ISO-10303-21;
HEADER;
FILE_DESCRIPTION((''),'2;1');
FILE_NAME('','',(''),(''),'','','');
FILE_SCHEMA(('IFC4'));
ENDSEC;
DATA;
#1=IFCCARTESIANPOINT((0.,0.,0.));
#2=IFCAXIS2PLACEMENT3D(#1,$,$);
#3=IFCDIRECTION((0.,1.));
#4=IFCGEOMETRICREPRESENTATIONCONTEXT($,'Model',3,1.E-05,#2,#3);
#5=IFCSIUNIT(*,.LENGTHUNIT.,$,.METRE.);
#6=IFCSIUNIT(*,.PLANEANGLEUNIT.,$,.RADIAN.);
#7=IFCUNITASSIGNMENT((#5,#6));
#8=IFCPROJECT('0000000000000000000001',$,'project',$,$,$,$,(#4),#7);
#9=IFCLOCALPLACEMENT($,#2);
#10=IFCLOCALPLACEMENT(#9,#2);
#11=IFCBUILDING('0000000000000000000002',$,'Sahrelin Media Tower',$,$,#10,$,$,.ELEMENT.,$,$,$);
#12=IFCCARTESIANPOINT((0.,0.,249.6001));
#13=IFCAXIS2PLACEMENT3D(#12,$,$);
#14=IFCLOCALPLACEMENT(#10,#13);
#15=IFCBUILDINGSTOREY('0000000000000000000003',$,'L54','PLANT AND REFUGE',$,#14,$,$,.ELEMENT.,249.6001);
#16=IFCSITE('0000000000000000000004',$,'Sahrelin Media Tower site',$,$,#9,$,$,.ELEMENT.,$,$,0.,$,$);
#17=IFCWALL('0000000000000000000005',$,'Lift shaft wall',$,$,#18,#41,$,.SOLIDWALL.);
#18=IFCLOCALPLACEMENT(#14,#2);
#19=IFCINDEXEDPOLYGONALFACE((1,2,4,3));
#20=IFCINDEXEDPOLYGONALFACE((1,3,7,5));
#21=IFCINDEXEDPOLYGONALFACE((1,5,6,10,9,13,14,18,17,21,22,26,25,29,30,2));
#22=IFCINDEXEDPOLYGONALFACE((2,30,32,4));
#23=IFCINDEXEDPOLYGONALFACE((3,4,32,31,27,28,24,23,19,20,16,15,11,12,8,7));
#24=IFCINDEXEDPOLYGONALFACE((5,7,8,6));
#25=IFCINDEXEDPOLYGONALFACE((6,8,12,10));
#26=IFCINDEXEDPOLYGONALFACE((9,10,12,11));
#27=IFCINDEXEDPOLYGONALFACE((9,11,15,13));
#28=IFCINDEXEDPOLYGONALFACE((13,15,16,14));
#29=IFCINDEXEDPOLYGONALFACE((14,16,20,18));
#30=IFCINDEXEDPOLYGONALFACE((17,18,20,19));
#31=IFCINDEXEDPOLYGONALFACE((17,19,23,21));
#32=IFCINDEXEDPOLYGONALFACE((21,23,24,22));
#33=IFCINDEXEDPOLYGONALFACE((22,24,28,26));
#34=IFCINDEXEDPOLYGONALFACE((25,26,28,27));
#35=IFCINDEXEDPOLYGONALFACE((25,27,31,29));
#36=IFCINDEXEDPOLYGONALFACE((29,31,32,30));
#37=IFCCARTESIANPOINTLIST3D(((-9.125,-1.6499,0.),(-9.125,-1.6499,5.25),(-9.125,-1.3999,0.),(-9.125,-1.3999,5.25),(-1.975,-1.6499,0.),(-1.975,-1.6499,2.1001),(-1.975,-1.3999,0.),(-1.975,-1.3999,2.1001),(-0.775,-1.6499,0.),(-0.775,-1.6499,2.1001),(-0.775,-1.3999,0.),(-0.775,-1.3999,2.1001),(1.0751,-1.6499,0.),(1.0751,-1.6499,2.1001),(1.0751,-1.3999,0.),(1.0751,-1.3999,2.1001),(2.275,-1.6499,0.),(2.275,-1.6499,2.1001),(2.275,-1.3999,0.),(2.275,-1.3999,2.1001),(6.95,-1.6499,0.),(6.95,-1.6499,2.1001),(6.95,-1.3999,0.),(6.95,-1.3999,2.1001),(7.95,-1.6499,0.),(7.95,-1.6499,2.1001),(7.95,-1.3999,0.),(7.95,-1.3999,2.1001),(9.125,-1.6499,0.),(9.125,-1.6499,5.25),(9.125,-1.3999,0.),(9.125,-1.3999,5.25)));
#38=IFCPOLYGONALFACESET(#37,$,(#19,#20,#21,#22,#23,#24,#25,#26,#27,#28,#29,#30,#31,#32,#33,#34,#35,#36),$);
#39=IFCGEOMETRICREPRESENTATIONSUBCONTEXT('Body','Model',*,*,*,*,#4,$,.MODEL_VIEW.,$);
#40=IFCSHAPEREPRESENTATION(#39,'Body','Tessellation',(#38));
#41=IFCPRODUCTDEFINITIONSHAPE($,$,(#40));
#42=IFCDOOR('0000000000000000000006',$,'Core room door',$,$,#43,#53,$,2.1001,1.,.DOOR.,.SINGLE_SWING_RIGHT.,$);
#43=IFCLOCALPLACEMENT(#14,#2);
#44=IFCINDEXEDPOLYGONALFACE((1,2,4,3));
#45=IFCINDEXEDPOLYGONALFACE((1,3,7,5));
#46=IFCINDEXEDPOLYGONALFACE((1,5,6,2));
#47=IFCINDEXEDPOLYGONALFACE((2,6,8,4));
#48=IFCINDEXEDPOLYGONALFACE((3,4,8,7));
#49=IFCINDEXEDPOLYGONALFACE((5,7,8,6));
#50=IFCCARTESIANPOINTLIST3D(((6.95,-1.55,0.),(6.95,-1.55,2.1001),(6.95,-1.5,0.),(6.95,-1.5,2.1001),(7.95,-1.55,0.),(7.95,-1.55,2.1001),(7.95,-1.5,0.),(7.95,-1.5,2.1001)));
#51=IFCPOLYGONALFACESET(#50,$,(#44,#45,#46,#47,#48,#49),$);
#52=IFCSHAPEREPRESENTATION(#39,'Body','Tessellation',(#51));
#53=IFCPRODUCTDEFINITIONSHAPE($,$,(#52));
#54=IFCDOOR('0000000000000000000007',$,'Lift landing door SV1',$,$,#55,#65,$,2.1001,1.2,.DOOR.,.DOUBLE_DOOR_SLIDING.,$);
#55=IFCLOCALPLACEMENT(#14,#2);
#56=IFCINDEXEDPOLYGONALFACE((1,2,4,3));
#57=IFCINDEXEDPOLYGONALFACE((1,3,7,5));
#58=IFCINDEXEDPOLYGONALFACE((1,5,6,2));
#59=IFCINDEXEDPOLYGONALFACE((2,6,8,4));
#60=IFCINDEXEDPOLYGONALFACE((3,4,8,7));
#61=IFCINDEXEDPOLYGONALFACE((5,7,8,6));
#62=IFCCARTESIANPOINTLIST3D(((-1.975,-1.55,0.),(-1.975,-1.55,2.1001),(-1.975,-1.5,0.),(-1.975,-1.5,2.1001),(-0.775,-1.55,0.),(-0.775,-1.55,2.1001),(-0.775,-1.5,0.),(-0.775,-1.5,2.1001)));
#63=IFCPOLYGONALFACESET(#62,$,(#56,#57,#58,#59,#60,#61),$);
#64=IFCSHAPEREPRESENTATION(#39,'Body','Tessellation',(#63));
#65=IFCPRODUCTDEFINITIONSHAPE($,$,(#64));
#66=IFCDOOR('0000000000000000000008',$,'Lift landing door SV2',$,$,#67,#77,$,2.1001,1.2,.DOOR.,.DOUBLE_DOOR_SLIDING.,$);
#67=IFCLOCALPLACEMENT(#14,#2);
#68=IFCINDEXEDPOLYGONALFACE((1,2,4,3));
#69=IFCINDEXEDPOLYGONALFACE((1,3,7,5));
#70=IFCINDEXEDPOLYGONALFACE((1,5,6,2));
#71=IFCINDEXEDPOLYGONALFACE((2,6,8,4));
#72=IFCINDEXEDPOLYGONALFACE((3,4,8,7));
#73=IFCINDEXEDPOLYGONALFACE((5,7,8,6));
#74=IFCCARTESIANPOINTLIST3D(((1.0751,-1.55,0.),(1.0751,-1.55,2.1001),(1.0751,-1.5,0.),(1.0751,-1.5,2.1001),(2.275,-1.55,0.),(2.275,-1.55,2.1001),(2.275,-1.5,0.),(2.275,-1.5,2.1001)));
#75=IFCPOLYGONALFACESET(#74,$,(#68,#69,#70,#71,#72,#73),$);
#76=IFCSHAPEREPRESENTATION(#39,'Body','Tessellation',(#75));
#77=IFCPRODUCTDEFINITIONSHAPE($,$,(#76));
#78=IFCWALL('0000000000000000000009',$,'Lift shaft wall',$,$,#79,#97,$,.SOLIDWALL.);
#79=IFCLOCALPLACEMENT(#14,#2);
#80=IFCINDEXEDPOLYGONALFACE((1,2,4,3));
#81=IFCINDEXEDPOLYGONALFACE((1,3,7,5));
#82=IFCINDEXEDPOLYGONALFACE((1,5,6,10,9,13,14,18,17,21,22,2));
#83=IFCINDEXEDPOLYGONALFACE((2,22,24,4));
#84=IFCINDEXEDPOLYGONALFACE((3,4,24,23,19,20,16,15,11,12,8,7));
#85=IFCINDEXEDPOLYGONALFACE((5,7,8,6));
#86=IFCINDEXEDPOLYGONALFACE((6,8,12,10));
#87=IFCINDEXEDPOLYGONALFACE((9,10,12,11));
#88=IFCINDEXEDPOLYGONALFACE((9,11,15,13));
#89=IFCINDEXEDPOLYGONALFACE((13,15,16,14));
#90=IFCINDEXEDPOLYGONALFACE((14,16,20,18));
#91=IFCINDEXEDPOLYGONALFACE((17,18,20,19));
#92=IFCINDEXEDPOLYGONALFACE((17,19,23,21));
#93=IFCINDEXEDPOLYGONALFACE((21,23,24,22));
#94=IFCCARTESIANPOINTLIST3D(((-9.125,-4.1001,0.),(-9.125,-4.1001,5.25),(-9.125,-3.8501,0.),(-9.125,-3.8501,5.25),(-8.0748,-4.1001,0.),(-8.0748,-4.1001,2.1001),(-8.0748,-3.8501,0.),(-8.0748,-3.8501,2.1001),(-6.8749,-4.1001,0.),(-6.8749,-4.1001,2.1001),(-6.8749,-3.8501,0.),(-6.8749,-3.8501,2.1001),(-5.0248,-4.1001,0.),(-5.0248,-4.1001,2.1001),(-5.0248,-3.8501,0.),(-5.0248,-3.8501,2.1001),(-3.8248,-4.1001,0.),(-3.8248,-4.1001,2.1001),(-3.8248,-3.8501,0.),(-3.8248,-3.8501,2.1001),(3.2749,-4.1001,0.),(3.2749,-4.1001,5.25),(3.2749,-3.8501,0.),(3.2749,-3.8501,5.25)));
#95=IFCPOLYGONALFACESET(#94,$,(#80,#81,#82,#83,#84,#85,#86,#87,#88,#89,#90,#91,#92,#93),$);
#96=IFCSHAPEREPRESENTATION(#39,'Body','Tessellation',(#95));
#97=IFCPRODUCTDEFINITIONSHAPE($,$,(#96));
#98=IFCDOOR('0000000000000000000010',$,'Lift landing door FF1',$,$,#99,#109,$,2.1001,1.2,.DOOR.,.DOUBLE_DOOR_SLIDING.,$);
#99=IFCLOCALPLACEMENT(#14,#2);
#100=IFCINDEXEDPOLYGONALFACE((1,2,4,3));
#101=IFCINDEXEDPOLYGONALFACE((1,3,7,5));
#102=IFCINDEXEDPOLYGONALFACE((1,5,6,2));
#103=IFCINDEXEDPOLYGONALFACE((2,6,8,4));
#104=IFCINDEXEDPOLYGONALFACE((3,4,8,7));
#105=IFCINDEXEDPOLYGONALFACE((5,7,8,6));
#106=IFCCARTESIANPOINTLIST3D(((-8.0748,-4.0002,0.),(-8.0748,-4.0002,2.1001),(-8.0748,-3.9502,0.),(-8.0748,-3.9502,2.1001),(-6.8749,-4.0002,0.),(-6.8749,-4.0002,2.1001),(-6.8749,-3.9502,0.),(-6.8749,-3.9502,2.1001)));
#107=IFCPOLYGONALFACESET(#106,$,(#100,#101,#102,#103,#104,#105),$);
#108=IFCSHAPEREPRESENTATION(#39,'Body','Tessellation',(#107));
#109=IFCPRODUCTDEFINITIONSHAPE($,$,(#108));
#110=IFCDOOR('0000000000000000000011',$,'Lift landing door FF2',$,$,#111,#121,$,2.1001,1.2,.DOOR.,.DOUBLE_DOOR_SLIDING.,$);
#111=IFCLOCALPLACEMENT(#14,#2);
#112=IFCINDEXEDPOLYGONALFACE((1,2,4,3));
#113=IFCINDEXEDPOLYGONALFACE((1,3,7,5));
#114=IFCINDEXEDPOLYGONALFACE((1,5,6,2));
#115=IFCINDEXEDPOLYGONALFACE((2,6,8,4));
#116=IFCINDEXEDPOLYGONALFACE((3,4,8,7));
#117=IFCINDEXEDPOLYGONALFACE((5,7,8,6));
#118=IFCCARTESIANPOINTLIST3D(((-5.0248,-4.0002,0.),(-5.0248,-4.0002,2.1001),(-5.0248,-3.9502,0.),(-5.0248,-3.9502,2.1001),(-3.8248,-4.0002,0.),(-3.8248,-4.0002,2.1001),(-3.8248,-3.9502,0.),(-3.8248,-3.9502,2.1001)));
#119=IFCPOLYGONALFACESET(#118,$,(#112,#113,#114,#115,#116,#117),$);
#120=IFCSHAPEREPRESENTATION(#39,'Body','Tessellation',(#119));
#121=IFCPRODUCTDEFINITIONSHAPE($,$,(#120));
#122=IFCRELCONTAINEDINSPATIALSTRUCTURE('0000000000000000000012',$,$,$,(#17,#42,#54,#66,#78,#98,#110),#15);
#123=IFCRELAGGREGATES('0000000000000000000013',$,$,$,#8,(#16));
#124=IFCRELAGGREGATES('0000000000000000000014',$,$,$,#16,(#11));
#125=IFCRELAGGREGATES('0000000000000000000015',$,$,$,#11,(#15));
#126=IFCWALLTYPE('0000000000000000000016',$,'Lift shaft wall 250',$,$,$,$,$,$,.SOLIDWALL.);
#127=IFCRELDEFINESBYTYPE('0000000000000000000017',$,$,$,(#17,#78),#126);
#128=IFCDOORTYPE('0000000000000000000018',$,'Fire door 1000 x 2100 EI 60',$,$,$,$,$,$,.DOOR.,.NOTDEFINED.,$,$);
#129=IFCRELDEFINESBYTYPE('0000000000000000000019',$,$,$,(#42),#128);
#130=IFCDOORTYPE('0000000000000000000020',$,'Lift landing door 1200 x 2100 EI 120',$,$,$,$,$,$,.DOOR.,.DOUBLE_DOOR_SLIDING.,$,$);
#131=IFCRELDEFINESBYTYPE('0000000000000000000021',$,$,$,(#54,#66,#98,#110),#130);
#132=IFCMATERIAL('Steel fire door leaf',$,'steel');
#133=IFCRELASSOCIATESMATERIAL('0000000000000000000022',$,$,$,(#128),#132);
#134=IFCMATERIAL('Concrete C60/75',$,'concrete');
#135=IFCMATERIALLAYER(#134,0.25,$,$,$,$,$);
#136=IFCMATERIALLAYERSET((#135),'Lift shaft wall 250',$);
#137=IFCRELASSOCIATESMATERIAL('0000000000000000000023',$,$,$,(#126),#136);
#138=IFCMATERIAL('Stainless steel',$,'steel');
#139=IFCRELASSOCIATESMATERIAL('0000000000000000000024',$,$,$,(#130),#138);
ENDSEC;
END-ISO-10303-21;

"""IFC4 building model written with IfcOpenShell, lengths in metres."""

from ifc_helpers import new_model, si_unit, direction, frame, frame_2d, origin, place, context, subcontext, project, spatial, rectangle, extrude, material, layer, layer_set, type_object, element, fill, save


model = new_model("IFC4")

# Units and contexts
model_context = context("Model", 3, precision=1e-05, world=origin(), true_north=direction((0.0, 1.0)))
body_context = subcontext(model_context, "Body", "Model", "MODEL_VIEW")
ifc_project = project(units=[si_unit("LENGTHUNIT", "METRE"), si_unit("PLANEANGLEUNIT", "RADIAN")], contexts=[model_context])

# Site, building, storey
site_placement = place(None, origin())
site = spatial("IfcSite", under=ifc_project, at=site_placement, Name="Sahrelin Media Tower site", CompositionType="ELEMENT", RefElevation=0.0)
building_placement = place(site_placement, origin())
building = spatial("IfcBuilding", under=site, at=building_placement, Name="Sahrelin Media Tower", CompositionType="ELEMENT")
storey_placement = place(building_placement, frame((0.0, 0.0, 249.6001)))
storey = spatial("IfcBuildingStorey", under=building, at=storey_placement, Name="L54", Description="PLANT AND REFUGE", CompositionType="ELEMENT", Elevation=249.6001)

# Shared definitions
ifc_material_1 = material(Name="Concrete C60/75", Category="concrete")
ifc_material_2 = material(Name="Steel fire door leaf", Category="steel")
door_type_1 = type_object("IfcDoorType", Name="Fire door 1000 x 2100 EI 60", OperationType="NOTDEFINED", PredefinedType="DOOR", material=ifc_material_2)

# Walls, openings, doors
ifc_layer_1 = layer(ifc_material_1, 0.25)
ifc_layer_set_1 = layer_set([ifc_layer_1], Name="Lift shaft wall 250")
wall_type_1 = type_object("IfcWallType", Name="Lift shaft wall 250", PredefinedType="SOLIDWALL", material=ifc_layer_set_1)
wall_1_placement = place(storey_placement, frame((-9.125, -1.5249, 0.0), z_axis=(0.0, 0.0, 1.0), x_axis=(1.0, 0.0, 0.0)))
wall_1 = element("IfcWall", 1, at=wall_1_placement, inside=storey, type_object=wall_type_1, Name="Lift shaft wall", PredefinedType="SOLIDWALL", context=body_context, shape_type="SweptSolid", body=[
    extrude(rectangle(XDim=18.25, YDim=0.25, at=frame_2d((9.125, 0.0))), origin(), (0.0, 0.0, 1.0), 5.25),
])
opening_1_placement = place(wall_1_placement, frame((7.1499, 0.0, 0.0)))
opening_1 = element("IfcOpeningElement", 2, at=opening_1_placement, cuts=wall_1, PredefinedType="OPENING", context=body_context, shape_type="SweptSolid", body=[
    extrude(rectangle(XDim=1.2, YDim=2.1001, at=frame_2d((0.6001, 1.05))), frame((0.0, 0.125, 0.0), z_axis=(0.0, -1.0, 0.0), x_axis=(1.0, 0.0, 0.0)), (0.0, 0.0, 1.0), 0.25),
])
opening_2_placement = place(wall_1_placement, frame((10.2, 0.0, 0.0)))
opening_2 = element("IfcOpeningElement", 3, at=opening_2_placement, cuts=wall_1, PredefinedType="OPENING", context=body_context, shape_type="SweptSolid", body=[
    extrude(rectangle(XDim=1.2, YDim=2.1001, at=frame_2d((0.6001, 1.05))), frame((0.0, 0.125, 0.0), z_axis=(0.0, -1.0, 0.0), x_axis=(1.0, 0.0, 0.0)), (0.0, 0.0, 1.0), 0.25),
])
opening_3_placement = place(wall_1_placement, frame((16.075, 0.0, 0.0)))
opening_3 = element("IfcOpeningElement", 4, at=opening_3_placement, cuts=wall_1, PredefinedType="OPENING", context=body_context, shape_type="SweptSolid", body=[
    extrude(rectangle(XDim=1.0, YDim=2.1001, at=frame_2d((0.5, 1.05))), frame((0.0, 0.125, 0.0), z_axis=(0.0, -1.0, 0.0), x_axis=(1.0, 0.0, 0.0)), (0.0, 0.0, 1.0), 0.25),
])
door_1_placement = place(opening_3_placement, origin())
door_1 = element("IfcDoor", 5, at=door_1_placement, inside=storey, type_object=door_type_1, Name="Core room door", OperationType="SINGLE_SWING_RIGHT", OverallHeight=2.1001, OverallWidth=1.0, PredefinedType="DOOR", context=body_context, shape_type="SweptSolid", body=[
    extrude(rectangle(XDim=1.0, YDim=2.1001, at=frame_2d((0.5, 1.05))), frame((0.0, 0.0249, 0.0), z_axis=(0.0, -1.0, 0.0), x_axis=(1.0, 0.0, 0.0)), (0.0, 0.0, 1.0), 0.05),
])
fill(opening_3, door_1)
ifc_material_3 = material(Name="Stainless steel", Category="steel")
door_type_2 = type_object("IfcDoorType", Name="Lift landing door 1200 x 2100 EI 120", OperationType="DOUBLE_DOOR_SLIDING", PredefinedType="DOOR", material=ifc_material_3)
door_2_placement = place(opening_1_placement, origin())
door_2 = element("IfcDoor", 6, at=door_2_placement, inside=storey, type_object=door_type_2, Name="Lift landing door SV1", OperationType="DOUBLE_DOOR_SLIDING", OverallHeight=2.1001, OverallWidth=1.2, PredefinedType="DOOR", context=body_context, shape_type="SweptSolid", body=[
    extrude(rectangle(XDim=1.2, YDim=2.1001, at=frame_2d((0.6001, 1.05))), frame((0.0, 0.0249, 0.0), z_axis=(0.0, -1.0, 0.0), x_axis=(1.0, 0.0, 0.0)), (0.0, 0.0, 1.0), 0.05),
])
fill(opening_1, door_2)
door_3_placement = place(opening_2_placement, origin())
door_3 = element("IfcDoor", 7, at=door_3_placement, inside=storey, type_object=door_type_2, Name="Lift landing door SV2", OperationType="DOUBLE_DOOR_SLIDING", OverallHeight=2.1001, OverallWidth=1.2, PredefinedType="DOOR", context=body_context, shape_type="SweptSolid", body=[
    extrude(rectangle(XDim=1.2, YDim=2.1001, at=frame_2d((0.6001, 1.05))), frame((0.0, 0.0249, 0.0), z_axis=(0.0, -1.0, 0.0), x_axis=(1.0, 0.0, 0.0)), (0.0, 0.0, 1.0), 0.05),
])
fill(opening_2, door_3)
wall_2_placement = place(storey_placement, frame((-9.125, -3.9751, 0.0), z_axis=(0.0, 0.0, 1.0), x_axis=(1.0, 0.0, 0.0)))
wall_2 = element("IfcWall", 8, at=wall_2_placement, inside=storey, type_object=wall_type_1, Name="Lift shaft wall", PredefinedType="SOLIDWALL", context=body_context, shape_type="SweptSolid", body=[
    extrude(rectangle(XDim=12.3999, YDim=0.25, at=frame_2d((6.2, 0.0))), origin(), (0.0, 0.0, 1.0), 5.25),
])
opening_4_placement = place(wall_2_placement, frame((1.05, 0.0, 0.0)))
opening_4 = element("IfcOpeningElement", 9, at=opening_4_placement, cuts=wall_2, PredefinedType="OPENING", context=body_context, shape_type="SweptSolid", body=[
    extrude(rectangle(XDim=1.2, YDim=2.1001, at=frame_2d((0.6001, 1.05))), frame((0.0, 0.125, 0.0), z_axis=(0.0, -1.0, 0.0), x_axis=(1.0, 0.0, 0.0)), (0.0, 0.0, 1.0), 0.25),
])
opening_5_placement = place(wall_2_placement, frame((4.1001, 0.0, 0.0)))
opening_5 = element("IfcOpeningElement", 10, at=opening_5_placement, cuts=wall_2, PredefinedType="OPENING", context=body_context, shape_type="SweptSolid", body=[
    extrude(rectangle(XDim=1.2, YDim=2.1001, at=frame_2d((0.6001, 1.05))), frame((0.0, 0.125, 0.0), z_axis=(0.0, -1.0, 0.0), x_axis=(1.0, 0.0, 0.0)), (0.0, 0.0, 1.0), 0.25),
])
door_4_placement = place(opening_4_placement, origin())
door_4 = element("IfcDoor", 11, at=door_4_placement, inside=storey, type_object=door_type_2, Name="Lift landing door FF1", OperationType="DOUBLE_DOOR_SLIDING", OverallHeight=2.1001, OverallWidth=1.2, PredefinedType="DOOR", context=body_context, shape_type="SweptSolid", body=[
    extrude(rectangle(XDim=1.2, YDim=2.1001, at=frame_2d((0.6001, 1.05))), frame((0.0, 0.0249, 0.0), z_axis=(0.0, -1.0, 0.0), x_axis=(1.0, 0.0, 0.0)), (0.0, 0.0, 1.0), 0.05),
])
fill(opening_4, door_4)
door_5_placement = place(opening_5_placement, origin())
door_5 = element("IfcDoor", 12, at=door_5_placement, inside=storey, type_object=door_type_2, Name="Lift landing door FF2", OperationType="DOUBLE_DOOR_SLIDING", OverallHeight=2.1001, OverallWidth=1.2, PredefinedType="DOOR", context=body_context, shape_type="SweptSolid", body=[
    extrude(rectangle(XDim=1.2, YDim=2.1001, at=frame_2d((0.6001, 1.05))), frame((0.0, 0.0249, 0.0), z_axis=(0.0, -1.0, 0.0), x_axis=(1.0, 0.0, 0.0)), (0.0, 0.0, 1.0), 0.05),
])
fill(opening_5, door_5)

save(model, "model.ifc")
